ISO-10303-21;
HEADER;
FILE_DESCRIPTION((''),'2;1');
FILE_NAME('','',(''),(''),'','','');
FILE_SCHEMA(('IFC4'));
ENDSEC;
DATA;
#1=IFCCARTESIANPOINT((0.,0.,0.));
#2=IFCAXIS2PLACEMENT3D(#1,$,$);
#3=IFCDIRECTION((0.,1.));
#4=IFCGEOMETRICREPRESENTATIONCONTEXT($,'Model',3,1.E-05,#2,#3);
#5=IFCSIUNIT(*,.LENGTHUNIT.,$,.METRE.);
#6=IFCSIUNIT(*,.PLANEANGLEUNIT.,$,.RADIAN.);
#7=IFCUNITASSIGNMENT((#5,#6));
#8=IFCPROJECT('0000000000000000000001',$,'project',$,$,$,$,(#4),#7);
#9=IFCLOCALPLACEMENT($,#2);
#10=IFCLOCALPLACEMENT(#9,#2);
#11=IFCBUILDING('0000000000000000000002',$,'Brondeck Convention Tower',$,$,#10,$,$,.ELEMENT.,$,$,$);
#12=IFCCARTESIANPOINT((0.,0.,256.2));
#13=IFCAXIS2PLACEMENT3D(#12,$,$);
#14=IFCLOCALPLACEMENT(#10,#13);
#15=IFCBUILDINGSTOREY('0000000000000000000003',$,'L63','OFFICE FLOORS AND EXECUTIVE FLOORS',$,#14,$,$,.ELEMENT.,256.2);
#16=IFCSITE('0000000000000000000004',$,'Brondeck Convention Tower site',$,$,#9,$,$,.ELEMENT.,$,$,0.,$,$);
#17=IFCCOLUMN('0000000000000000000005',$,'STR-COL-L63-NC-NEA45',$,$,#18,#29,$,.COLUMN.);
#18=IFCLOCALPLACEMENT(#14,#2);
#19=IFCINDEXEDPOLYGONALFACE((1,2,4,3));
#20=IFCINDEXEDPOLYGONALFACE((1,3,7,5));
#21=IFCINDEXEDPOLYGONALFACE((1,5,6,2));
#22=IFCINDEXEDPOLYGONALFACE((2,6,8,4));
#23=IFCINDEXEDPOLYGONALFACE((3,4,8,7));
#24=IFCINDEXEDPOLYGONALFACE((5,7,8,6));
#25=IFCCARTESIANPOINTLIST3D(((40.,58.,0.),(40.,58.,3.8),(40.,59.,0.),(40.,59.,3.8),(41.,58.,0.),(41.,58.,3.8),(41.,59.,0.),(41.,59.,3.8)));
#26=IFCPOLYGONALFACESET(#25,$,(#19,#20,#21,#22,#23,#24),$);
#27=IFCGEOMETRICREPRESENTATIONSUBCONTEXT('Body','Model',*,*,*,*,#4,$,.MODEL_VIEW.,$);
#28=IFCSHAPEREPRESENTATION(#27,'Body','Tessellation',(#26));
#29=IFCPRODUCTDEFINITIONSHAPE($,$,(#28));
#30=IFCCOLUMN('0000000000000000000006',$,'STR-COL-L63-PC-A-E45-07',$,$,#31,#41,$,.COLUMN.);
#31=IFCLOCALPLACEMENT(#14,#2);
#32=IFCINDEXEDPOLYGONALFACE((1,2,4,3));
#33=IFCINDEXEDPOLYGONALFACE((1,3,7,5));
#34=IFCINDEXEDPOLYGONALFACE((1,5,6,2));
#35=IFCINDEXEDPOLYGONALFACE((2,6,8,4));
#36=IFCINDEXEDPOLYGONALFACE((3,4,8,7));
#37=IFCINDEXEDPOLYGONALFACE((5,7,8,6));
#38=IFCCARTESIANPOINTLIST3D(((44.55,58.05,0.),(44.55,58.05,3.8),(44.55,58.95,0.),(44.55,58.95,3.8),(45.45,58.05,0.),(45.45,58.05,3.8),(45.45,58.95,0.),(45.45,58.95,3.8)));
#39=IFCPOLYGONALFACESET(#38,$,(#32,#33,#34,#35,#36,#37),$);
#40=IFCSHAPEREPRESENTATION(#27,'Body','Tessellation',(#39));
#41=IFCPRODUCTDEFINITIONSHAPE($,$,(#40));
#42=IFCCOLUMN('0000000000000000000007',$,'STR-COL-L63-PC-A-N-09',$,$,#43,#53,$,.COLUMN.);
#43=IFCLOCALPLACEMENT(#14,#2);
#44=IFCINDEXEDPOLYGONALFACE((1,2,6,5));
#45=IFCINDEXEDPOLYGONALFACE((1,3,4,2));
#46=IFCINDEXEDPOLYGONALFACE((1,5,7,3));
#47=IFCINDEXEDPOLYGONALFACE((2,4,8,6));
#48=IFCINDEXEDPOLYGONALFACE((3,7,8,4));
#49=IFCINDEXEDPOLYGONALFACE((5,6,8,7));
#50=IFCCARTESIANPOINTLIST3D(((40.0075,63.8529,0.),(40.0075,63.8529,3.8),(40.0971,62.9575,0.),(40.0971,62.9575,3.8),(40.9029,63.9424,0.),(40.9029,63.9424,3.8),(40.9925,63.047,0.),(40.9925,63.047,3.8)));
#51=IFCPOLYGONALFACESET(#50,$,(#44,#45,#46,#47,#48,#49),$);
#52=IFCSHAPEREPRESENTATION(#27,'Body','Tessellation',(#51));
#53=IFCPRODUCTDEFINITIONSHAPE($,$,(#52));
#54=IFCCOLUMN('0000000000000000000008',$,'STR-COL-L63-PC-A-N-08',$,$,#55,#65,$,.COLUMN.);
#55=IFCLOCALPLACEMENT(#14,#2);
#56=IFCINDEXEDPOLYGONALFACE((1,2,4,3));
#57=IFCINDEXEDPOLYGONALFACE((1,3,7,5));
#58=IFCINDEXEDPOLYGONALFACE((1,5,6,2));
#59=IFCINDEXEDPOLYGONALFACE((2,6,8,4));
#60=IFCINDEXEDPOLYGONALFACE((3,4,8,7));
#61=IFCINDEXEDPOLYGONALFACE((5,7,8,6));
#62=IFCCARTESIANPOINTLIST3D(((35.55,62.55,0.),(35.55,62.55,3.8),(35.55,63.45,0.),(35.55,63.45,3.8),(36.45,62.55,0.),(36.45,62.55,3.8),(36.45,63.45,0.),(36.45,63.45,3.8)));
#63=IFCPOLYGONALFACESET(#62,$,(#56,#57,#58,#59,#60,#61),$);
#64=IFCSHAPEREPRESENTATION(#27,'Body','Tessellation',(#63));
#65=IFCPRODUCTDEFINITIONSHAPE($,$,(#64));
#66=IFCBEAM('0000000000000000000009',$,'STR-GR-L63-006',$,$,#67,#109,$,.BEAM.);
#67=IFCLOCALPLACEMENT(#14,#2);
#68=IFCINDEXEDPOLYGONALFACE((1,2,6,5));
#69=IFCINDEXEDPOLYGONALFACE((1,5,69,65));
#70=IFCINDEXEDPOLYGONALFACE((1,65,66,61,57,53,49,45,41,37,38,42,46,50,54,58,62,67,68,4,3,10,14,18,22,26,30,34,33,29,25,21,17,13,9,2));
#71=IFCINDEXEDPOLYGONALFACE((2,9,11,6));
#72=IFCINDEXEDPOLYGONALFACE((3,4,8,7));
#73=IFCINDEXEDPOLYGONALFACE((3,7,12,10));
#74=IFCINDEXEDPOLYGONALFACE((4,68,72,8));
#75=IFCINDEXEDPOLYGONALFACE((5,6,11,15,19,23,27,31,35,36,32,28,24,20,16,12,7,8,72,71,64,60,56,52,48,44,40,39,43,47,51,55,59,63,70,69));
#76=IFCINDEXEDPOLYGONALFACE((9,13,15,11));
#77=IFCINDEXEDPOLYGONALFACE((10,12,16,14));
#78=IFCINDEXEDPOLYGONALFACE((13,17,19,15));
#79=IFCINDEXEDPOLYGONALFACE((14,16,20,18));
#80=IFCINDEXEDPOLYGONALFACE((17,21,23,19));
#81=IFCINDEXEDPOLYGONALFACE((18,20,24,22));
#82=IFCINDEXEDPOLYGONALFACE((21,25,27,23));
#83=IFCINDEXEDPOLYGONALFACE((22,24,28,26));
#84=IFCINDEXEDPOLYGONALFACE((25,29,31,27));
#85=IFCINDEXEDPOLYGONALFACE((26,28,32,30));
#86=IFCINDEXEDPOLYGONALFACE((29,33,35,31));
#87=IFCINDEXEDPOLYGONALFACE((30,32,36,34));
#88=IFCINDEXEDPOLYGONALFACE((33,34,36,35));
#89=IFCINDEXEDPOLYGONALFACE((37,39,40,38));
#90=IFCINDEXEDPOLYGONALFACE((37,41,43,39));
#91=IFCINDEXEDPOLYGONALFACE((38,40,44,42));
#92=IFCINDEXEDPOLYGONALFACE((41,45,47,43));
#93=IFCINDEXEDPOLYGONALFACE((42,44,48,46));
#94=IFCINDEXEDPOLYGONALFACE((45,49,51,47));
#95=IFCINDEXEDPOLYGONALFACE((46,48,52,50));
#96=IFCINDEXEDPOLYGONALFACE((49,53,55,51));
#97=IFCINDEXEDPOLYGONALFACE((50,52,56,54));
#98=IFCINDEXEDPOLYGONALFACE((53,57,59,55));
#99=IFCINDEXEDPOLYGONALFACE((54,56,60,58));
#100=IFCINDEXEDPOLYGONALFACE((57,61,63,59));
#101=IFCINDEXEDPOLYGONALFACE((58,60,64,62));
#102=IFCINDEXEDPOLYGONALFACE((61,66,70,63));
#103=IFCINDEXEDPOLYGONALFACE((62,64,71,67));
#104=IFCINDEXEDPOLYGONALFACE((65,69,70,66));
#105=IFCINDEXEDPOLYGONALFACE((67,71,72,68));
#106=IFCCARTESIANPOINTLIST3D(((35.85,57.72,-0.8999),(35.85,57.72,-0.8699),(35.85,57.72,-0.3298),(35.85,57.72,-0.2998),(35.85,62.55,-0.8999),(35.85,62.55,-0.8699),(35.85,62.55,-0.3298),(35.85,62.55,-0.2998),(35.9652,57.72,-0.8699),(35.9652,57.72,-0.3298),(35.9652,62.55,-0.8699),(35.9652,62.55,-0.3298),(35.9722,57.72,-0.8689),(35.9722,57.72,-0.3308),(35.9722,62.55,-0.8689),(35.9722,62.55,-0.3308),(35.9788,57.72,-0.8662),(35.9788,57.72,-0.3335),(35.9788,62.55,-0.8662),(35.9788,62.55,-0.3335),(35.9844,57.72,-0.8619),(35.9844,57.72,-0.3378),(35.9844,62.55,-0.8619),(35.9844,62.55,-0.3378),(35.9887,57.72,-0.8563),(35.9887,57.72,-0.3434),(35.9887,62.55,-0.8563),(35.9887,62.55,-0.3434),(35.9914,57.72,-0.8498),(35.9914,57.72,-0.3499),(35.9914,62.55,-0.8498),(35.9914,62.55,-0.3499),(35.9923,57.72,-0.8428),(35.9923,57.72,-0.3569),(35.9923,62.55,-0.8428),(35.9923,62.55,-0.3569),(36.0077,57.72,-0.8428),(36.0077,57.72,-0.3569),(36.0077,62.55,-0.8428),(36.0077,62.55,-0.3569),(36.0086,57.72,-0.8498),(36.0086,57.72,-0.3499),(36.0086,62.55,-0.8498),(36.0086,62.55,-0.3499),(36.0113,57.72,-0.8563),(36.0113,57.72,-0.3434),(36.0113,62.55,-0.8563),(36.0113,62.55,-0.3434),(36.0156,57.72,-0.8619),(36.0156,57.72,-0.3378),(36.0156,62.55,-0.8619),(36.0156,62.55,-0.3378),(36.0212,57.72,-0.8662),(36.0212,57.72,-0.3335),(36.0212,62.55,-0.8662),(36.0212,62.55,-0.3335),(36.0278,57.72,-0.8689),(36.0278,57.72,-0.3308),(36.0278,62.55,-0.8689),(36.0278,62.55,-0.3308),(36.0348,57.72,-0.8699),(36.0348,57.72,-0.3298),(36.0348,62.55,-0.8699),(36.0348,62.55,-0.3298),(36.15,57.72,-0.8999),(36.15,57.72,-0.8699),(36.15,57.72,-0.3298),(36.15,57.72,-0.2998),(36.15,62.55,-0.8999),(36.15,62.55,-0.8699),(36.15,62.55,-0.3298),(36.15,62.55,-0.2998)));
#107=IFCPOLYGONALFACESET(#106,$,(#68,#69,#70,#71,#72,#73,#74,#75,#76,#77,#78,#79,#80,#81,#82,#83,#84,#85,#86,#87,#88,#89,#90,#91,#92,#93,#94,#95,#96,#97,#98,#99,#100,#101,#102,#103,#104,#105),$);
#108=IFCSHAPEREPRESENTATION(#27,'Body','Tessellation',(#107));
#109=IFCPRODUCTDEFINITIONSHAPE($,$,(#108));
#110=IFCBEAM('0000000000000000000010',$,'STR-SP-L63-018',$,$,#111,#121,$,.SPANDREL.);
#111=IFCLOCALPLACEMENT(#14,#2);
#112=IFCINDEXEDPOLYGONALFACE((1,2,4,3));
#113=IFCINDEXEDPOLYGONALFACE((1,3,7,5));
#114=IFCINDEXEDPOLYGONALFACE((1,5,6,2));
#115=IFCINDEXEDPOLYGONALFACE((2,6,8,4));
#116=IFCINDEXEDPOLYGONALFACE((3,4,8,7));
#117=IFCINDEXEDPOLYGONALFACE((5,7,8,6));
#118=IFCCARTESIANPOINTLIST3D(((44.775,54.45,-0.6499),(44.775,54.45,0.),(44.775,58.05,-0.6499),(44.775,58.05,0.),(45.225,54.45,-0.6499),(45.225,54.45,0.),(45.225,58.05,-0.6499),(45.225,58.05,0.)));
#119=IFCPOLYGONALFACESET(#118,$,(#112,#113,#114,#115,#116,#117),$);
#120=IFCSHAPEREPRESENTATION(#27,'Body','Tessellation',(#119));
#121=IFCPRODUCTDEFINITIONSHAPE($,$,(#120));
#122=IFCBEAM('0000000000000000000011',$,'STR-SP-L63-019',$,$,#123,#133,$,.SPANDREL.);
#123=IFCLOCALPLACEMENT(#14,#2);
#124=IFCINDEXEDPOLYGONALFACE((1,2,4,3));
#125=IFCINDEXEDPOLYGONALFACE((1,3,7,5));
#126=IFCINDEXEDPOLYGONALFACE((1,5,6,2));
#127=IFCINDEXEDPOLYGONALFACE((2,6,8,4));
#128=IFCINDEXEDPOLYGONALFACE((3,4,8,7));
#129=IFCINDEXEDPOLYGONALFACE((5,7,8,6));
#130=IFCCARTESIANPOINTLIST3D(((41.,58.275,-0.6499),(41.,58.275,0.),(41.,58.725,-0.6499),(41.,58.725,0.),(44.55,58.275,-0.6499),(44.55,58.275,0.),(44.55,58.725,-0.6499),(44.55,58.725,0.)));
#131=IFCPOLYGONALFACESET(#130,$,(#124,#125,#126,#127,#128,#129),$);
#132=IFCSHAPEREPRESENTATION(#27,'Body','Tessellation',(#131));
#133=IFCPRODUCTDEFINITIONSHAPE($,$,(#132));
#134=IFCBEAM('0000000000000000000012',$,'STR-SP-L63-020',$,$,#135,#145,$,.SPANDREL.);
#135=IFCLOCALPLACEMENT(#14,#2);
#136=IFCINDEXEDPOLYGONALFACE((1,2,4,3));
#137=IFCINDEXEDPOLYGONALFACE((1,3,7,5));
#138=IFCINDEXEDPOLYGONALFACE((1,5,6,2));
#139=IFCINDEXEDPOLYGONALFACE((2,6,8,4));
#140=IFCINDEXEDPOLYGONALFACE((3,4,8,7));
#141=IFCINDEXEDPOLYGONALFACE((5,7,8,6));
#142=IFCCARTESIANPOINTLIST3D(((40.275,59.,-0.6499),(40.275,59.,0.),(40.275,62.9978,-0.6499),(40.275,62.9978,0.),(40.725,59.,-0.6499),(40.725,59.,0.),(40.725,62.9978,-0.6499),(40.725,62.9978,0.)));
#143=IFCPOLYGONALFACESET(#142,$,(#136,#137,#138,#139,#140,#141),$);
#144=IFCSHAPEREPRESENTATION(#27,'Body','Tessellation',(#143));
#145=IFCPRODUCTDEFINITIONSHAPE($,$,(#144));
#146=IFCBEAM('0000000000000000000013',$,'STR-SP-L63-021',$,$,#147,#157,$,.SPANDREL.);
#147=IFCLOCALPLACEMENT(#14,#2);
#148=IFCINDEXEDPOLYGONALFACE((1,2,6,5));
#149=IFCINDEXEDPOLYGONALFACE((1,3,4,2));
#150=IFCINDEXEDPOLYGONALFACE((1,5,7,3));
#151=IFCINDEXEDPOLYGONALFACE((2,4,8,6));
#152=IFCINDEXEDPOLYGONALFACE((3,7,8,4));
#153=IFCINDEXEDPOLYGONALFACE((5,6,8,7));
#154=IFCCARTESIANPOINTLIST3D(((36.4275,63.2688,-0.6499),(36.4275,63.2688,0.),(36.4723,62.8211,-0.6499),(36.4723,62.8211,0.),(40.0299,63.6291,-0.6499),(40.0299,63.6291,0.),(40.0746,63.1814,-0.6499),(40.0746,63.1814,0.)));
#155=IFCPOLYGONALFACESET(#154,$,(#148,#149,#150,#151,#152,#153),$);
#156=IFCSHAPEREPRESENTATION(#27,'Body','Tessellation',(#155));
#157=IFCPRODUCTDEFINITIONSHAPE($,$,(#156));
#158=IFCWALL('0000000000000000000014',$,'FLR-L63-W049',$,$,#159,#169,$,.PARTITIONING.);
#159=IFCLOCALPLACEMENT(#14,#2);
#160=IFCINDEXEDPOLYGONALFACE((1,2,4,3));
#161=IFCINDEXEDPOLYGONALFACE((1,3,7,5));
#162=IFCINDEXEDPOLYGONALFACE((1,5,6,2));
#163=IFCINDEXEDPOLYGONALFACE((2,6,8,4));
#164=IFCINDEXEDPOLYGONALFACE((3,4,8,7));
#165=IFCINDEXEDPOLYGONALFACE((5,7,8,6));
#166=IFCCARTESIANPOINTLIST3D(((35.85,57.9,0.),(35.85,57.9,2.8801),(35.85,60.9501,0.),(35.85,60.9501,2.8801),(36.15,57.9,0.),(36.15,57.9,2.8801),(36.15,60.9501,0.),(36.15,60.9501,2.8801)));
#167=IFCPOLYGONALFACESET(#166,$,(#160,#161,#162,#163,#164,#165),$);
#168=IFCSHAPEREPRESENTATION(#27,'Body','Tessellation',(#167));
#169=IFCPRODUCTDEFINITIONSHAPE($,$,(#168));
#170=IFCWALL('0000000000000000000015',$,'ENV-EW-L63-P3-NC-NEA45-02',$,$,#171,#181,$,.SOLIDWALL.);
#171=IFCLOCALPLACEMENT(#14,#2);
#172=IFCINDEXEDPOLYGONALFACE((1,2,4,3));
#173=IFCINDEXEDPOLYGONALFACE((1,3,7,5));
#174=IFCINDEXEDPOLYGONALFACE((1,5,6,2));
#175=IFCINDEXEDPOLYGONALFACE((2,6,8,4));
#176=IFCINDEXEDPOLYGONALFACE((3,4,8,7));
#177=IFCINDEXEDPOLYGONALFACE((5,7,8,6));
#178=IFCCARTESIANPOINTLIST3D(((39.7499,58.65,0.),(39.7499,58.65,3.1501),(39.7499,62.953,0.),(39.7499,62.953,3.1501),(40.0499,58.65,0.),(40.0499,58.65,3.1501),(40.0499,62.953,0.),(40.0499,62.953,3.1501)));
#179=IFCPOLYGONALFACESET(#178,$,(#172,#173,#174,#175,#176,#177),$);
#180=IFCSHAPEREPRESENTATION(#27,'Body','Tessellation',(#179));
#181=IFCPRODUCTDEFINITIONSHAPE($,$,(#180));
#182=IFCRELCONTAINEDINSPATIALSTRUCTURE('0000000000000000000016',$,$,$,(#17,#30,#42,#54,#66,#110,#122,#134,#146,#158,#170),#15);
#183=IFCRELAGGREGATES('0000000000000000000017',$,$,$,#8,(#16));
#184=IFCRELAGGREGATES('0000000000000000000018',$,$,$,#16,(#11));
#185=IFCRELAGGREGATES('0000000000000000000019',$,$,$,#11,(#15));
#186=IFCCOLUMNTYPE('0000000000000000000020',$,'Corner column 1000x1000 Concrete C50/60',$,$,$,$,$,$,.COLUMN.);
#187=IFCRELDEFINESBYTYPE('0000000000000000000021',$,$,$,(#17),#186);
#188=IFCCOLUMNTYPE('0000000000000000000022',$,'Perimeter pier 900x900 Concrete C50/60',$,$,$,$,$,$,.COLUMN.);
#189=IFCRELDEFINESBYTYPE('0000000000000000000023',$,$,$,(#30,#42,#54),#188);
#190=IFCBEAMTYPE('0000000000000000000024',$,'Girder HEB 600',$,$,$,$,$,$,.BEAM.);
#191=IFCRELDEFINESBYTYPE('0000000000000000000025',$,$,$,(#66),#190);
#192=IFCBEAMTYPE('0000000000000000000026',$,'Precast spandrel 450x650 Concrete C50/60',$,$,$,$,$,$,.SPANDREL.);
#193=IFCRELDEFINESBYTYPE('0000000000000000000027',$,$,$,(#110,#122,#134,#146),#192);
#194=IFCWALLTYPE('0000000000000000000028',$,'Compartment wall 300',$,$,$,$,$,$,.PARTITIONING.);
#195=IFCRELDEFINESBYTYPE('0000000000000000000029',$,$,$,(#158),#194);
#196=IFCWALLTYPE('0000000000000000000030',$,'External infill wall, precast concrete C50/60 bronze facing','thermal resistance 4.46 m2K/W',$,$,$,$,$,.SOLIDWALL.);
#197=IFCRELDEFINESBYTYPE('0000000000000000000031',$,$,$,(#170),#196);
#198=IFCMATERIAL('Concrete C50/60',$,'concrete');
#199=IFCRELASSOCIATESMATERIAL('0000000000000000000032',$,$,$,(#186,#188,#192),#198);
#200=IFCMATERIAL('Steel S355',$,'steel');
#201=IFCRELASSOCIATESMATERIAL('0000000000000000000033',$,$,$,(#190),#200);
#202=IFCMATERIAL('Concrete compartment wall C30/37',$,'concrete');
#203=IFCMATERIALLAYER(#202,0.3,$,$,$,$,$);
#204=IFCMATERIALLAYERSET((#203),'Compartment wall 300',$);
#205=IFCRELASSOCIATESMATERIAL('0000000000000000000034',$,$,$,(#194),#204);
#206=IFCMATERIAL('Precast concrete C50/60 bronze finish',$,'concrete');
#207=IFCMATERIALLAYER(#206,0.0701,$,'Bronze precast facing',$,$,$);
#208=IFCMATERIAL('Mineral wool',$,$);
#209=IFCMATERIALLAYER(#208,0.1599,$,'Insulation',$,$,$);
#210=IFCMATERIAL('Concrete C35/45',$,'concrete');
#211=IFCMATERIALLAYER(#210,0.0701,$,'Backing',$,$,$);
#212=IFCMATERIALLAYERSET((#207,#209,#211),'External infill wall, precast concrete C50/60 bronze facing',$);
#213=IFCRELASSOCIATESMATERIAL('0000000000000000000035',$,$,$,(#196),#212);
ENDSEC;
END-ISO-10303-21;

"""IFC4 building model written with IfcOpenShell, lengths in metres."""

from ifc_helpers import new_model, si_unit, direction, frame, frame_2d, origin, origin_2d, place, context, subcontext, project, spatial, rectangle, i_section, extrude, material, layer, layer_set, material_profile, profile_set, type_object, element, save


model = new_model("IFC4")

# Units and contexts
model_context = context("Model", 3, precision=1e-05, world=origin(), true_north=direction((0.0, 1.0)))
body_context = subcontext(model_context, "Body", "Model", "MODEL_VIEW")
ifc_project = project(units=[si_unit("LENGTHUNIT", "METRE"), si_unit("PLANEANGLEUNIT", "RADIAN")], contexts=[model_context])

# Site, building, storey
site_placement = place(None, origin())
site = spatial("IfcSite", under=ifc_project, at=site_placement, Name="Brondeck Convention Tower site", CompositionType="ELEMENT", RefElevation=0.0)
building_placement = place(site_placement, origin())
building = spatial("IfcBuilding", under=site, at=building_placement, Name="Brondeck Convention Tower", CompositionType="ELEMENT")
storey_placement = place(building_placement, frame((0.0, 0.0, 256.2)))
storey = spatial("IfcBuildingStorey", under=building, at=storey_placement, Name="L63", Description="OFFICE FLOORS AND EXECUTIVE FLOORS", CompositionType="ELEMENT", Elevation=256.2)

# Columns
ifc_material_1 = material(Name="Concrete C50/60", Category="concrete")
ifc_material_profile_1 = material_profile(ifc_material_1, rectangle(XDim=1.0, YDim=1.0, at=origin_2d()), Name="Corner column 1000x1000 Concrete C50/60")
ifc_profile_set_1 = profile_set([ifc_material_profile_1], Name="Concrete C50/60")
column_type_1 = type_object("IfcColumnType", Name="Corner column 1000x1000 Concrete C50/60", PredefinedType="COLUMN", material=ifc_profile_set_1)
column_placement = place(storey_placement, frame((40.5, 58.5, 0.0), z_axis=(0.0, 0.0, 1.0), x_axis=(1.0, 0.0, 0.0)))
element("IfcColumn", 1, at=column_placement, inside=storey, type_object=column_type_1, Name="STR-COL-L63-NC-NEA45", PredefinedType="COLUMN", context=body_context, shape_type="SweptSolid", body=[
    extrude(rectangle(XDim=1.0, YDim=1.0, at=origin_2d()), origin(), (0.0, 0.0, 1.0), 3.8),
])
ifc_material_profile_2 = material_profile(ifc_material_1, rectangle(XDim=0.8999, YDim=0.8999, at=origin_2d()), Name="Perimeter pier 900x900 Concrete C50/60")
ifc_profile_set_2 = profile_set([ifc_material_profile_2], Name="Concrete C50/60")
column_type_2 = type_object("IfcColumnType", Name="Perimeter pier 900x900 Concrete C50/60", PredefinedType="COLUMN", material=ifc_profile_set_2)
for number, where, z_axis, x_axis, name in (
    (2, (45.0, 58.5, 0.0), (0.0, 0.0, 1.0), (0.0, 1.0, 0.0), "STR-COL-L63-PC-A-E45-07"),
    (3, (40.5, 63.45, 0.0), (0.0, 0.0, 1.0), (-0.995037, -0.099504, 0.0), "STR-COL-L63-PC-A-N-09"),
    (4, (36.0, 63.0, 0.0), (0.0, 0.0, 1.0), (-1.0, 0.0, 0.0), "STR-COL-L63-PC-A-N-08"),
):
    element("IfcColumn", number, at=place(storey_placement, frame(where, z_axis=z_axis, x_axis=x_axis)), inside=storey, type_object=column_type_2, Name=name, PredefinedType="COLUMN", context=body_context, shape_type="SweptSolid", body=[
        extrude(rectangle(XDim=0.8999, YDim=0.8999, at=origin_2d()), origin(), (0.0, 0.0, 1.0), 3.8),
    ])

# Beams
ifc_material_2 = material(Name="Steel S355", Category="steel")
ifc_material_profile_3 = material_profile(ifc_material_2, i_section(OverallWidth=0.3, OverallDepth=0.6001, WebThickness=0.0154, FlangeThickness=0.03, FilletRadius=0.0271, at=origin_2d()), Name="HEB 600")
ifc_profile_set_3 = profile_set([ifc_material_profile_3], Name="Steel S355")
beam_type_1 = type_object("IfcBeamType", Name="Girder HEB 600", PredefinedType="BEAM", material=ifc_profile_set_3)
beam_1_placement = place(storey_placement, frame((36.0, 57.72, -0.5999), z_axis=(0.0, 1.0, 0.0), x_axis=(-1.0, 0.0, 0.0)))
element("IfcBeam", 5, at=beam_1_placement, inside=storey, type_object=beam_type_1, Name="STR-GR-L63-006", PredefinedType="BEAM", context=body_context, shape_type="SweptSolid", body=[
    extrude(i_section(OverallWidth=0.3, OverallDepth=0.6001, WebThickness=0.0154, FlangeThickness=0.03, FilletRadius=0.0271, at=origin_2d()), origin(), (0.0, 0.0, 1.0), 4.8301),
])
ifc_material_profile_4 = material_profile(ifc_material_1, rectangle(XDim=0.45, YDim=0.6499, at=origin_2d()), Name="Precast spandrel 450x650 Concrete C50/60")
ifc_profile_set_4 = profile_set([ifc_material_profile_4], Name="Concrete C50/60")
beam_type_2 = type_object("IfcBeamType", Name="Precast spandrel 450x650 Concrete C50/60", PredefinedType="SPANDREL", material=ifc_profile_set_4)
beam_2_placement = place(storey_placement, frame((45.0, 54.45, -0.325), z_axis=(0.0, 1.0, 0.0), x_axis=(-1.0, 0.0, 0.0)))
element("IfcBeam", 6, at=beam_2_placement, inside=storey, type_object=beam_type_2, Name="STR-SP-L63-018", PredefinedType="SPANDREL", context=body_context, shape_type="SweptSolid", body=[
    extrude(rectangle(XDim=0.45, YDim=0.6499, at=origin_2d()), origin(), (0.0, 0.0, 1.0), 3.6001),
])
beam_3_placement = place(storey_placement, frame((44.55, 58.5, -0.325), z_axis=(-1.0, 0.0, 0.0), x_axis=(0.0, -1.0, 0.0)))
element("IfcBeam", 7, at=beam_3_placement, inside=storey, type_object=beam_type_2, Name="STR-SP-L63-019", PredefinedType="SPANDREL", context=body_context, shape_type="SweptSolid", body=[
    extrude(rectangle(XDim=0.45, YDim=0.6499, at=origin_2d()), origin(), (0.0, 0.0, 1.0), 3.55),
])
beam_4_placement = place(storey_placement, frame((40.5, 59.0, -0.325), z_axis=(0.0, 1.0, 0.0), x_axis=(-1.0, 0.0, 0.0)))
element("IfcBeam", 8, at=beam_4_placement, inside=storey, type_object=beam_type_2, Name="STR-SP-L63-020", PredefinedType="SPANDREL", context=body_context, shape_type="SweptSolid", body=[
    extrude(rectangle(XDim=0.45, YDim=0.6499, at=origin_2d()), origin(), (0.0, 0.0, 1.0), 3.9978),
])
beam_5_placement = place(storey_placement, frame((40.0522, 63.4053, -0.325), z_axis=(-0.995034, -0.099537, 0.0), x_axis=(0.099537, -0.995034, 0.0)))
element("IfcBeam", 9, at=beam_5_placement, inside=storey, type_object=beam_type_2, Name="STR-SP-L63-021", PredefinedType="SPANDREL", context=body_context, shape_type="SweptSolid", body=[
    extrude(rectangle(XDim=0.45, YDim=0.6499, at=origin_2d()), origin(), (0.0, 0.0, 1.0), 3.6204),
])

# Walls
ifc_material_3 = material(Name="Concrete compartment wall C30/37", Category="concrete")
ifc_layer_1 = layer(ifc_material_3, 0.3)
ifc_layer_set_1 = layer_set([ifc_layer_1], Name="Compartment wall 300")
wall_type_1 = type_object("IfcWallType", Name="Compartment wall 300", PredefinedType="PARTITIONING", material=ifc_layer_set_1)
wall_1_placement = place(storey_placement, frame((36.0, 60.95, 0.0), z_axis=(0.0, 0.0, 1.0), x_axis=(0.0, -1.0, 0.0)))
element("IfcWall", 10, at=wall_1_placement, inside=storey, type_object=wall_type_1, Name="FLR-L63-W049", PredefinedType="PARTITIONING", context=body_context, shape_type="SweptSolid", body=[
    extrude(rectangle(XDim=3.05, YDim=0.3, at=frame_2d((1.5249, 0.0))), origin(), (0.0, 0.0, 1.0), 2.8801),
])
ifc_material_4 = material(Name="Precast concrete C50/60 bronze finish", Category="concrete")
ifc_layer_2 = layer(ifc_material_4, 0.0701, Name="Bronze precast facing")
ifc_material_5 = material(Name="Mineral wool")
ifc_layer_3 = layer(ifc_material_5, 0.1599, Name="Insulation")
ifc_material_6 = material(Name="Concrete C35/45", Category="concrete")
ifc_layer_4 = layer(ifc_material_6, 0.0701, Name="Backing")
ifc_layer_set_2 = layer_set([ifc_layer_2, ifc_layer_3, ifc_layer_4], Name="External infill wall, precast concrete C50/60 bronze facing")
wall_type_2 = type_object("IfcWallType", Name="External infill wall, precast concrete C50/60 bronze facing", Description="thermal resistance 4.46 m2K/W", PredefinedType="SOLIDWALL", material=ifc_layer_set_2)
wall_2_placement = place(storey_placement, frame((39.8999, 62.9529, 0.0), z_axis=(0.0, 0.0, 1.0), x_axis=(0.0, -1.0, 0.0)))
element("IfcWall", 11, at=wall_2_placement, inside=storey, type_object=wall_type_2, Name="ENV-EW-L63-P3-NC-NEA45-02", PredefinedType="SOLIDWALL", context=body_context, shape_type="SweptSolid", body=[
    extrude(rectangle(XDim=4.303, YDim=0.3, at=frame_2d((2.1514, 0.0))), origin(), (0.0, 0.0, 1.0), 3.1501),
])

save(model, "model.ifc")
